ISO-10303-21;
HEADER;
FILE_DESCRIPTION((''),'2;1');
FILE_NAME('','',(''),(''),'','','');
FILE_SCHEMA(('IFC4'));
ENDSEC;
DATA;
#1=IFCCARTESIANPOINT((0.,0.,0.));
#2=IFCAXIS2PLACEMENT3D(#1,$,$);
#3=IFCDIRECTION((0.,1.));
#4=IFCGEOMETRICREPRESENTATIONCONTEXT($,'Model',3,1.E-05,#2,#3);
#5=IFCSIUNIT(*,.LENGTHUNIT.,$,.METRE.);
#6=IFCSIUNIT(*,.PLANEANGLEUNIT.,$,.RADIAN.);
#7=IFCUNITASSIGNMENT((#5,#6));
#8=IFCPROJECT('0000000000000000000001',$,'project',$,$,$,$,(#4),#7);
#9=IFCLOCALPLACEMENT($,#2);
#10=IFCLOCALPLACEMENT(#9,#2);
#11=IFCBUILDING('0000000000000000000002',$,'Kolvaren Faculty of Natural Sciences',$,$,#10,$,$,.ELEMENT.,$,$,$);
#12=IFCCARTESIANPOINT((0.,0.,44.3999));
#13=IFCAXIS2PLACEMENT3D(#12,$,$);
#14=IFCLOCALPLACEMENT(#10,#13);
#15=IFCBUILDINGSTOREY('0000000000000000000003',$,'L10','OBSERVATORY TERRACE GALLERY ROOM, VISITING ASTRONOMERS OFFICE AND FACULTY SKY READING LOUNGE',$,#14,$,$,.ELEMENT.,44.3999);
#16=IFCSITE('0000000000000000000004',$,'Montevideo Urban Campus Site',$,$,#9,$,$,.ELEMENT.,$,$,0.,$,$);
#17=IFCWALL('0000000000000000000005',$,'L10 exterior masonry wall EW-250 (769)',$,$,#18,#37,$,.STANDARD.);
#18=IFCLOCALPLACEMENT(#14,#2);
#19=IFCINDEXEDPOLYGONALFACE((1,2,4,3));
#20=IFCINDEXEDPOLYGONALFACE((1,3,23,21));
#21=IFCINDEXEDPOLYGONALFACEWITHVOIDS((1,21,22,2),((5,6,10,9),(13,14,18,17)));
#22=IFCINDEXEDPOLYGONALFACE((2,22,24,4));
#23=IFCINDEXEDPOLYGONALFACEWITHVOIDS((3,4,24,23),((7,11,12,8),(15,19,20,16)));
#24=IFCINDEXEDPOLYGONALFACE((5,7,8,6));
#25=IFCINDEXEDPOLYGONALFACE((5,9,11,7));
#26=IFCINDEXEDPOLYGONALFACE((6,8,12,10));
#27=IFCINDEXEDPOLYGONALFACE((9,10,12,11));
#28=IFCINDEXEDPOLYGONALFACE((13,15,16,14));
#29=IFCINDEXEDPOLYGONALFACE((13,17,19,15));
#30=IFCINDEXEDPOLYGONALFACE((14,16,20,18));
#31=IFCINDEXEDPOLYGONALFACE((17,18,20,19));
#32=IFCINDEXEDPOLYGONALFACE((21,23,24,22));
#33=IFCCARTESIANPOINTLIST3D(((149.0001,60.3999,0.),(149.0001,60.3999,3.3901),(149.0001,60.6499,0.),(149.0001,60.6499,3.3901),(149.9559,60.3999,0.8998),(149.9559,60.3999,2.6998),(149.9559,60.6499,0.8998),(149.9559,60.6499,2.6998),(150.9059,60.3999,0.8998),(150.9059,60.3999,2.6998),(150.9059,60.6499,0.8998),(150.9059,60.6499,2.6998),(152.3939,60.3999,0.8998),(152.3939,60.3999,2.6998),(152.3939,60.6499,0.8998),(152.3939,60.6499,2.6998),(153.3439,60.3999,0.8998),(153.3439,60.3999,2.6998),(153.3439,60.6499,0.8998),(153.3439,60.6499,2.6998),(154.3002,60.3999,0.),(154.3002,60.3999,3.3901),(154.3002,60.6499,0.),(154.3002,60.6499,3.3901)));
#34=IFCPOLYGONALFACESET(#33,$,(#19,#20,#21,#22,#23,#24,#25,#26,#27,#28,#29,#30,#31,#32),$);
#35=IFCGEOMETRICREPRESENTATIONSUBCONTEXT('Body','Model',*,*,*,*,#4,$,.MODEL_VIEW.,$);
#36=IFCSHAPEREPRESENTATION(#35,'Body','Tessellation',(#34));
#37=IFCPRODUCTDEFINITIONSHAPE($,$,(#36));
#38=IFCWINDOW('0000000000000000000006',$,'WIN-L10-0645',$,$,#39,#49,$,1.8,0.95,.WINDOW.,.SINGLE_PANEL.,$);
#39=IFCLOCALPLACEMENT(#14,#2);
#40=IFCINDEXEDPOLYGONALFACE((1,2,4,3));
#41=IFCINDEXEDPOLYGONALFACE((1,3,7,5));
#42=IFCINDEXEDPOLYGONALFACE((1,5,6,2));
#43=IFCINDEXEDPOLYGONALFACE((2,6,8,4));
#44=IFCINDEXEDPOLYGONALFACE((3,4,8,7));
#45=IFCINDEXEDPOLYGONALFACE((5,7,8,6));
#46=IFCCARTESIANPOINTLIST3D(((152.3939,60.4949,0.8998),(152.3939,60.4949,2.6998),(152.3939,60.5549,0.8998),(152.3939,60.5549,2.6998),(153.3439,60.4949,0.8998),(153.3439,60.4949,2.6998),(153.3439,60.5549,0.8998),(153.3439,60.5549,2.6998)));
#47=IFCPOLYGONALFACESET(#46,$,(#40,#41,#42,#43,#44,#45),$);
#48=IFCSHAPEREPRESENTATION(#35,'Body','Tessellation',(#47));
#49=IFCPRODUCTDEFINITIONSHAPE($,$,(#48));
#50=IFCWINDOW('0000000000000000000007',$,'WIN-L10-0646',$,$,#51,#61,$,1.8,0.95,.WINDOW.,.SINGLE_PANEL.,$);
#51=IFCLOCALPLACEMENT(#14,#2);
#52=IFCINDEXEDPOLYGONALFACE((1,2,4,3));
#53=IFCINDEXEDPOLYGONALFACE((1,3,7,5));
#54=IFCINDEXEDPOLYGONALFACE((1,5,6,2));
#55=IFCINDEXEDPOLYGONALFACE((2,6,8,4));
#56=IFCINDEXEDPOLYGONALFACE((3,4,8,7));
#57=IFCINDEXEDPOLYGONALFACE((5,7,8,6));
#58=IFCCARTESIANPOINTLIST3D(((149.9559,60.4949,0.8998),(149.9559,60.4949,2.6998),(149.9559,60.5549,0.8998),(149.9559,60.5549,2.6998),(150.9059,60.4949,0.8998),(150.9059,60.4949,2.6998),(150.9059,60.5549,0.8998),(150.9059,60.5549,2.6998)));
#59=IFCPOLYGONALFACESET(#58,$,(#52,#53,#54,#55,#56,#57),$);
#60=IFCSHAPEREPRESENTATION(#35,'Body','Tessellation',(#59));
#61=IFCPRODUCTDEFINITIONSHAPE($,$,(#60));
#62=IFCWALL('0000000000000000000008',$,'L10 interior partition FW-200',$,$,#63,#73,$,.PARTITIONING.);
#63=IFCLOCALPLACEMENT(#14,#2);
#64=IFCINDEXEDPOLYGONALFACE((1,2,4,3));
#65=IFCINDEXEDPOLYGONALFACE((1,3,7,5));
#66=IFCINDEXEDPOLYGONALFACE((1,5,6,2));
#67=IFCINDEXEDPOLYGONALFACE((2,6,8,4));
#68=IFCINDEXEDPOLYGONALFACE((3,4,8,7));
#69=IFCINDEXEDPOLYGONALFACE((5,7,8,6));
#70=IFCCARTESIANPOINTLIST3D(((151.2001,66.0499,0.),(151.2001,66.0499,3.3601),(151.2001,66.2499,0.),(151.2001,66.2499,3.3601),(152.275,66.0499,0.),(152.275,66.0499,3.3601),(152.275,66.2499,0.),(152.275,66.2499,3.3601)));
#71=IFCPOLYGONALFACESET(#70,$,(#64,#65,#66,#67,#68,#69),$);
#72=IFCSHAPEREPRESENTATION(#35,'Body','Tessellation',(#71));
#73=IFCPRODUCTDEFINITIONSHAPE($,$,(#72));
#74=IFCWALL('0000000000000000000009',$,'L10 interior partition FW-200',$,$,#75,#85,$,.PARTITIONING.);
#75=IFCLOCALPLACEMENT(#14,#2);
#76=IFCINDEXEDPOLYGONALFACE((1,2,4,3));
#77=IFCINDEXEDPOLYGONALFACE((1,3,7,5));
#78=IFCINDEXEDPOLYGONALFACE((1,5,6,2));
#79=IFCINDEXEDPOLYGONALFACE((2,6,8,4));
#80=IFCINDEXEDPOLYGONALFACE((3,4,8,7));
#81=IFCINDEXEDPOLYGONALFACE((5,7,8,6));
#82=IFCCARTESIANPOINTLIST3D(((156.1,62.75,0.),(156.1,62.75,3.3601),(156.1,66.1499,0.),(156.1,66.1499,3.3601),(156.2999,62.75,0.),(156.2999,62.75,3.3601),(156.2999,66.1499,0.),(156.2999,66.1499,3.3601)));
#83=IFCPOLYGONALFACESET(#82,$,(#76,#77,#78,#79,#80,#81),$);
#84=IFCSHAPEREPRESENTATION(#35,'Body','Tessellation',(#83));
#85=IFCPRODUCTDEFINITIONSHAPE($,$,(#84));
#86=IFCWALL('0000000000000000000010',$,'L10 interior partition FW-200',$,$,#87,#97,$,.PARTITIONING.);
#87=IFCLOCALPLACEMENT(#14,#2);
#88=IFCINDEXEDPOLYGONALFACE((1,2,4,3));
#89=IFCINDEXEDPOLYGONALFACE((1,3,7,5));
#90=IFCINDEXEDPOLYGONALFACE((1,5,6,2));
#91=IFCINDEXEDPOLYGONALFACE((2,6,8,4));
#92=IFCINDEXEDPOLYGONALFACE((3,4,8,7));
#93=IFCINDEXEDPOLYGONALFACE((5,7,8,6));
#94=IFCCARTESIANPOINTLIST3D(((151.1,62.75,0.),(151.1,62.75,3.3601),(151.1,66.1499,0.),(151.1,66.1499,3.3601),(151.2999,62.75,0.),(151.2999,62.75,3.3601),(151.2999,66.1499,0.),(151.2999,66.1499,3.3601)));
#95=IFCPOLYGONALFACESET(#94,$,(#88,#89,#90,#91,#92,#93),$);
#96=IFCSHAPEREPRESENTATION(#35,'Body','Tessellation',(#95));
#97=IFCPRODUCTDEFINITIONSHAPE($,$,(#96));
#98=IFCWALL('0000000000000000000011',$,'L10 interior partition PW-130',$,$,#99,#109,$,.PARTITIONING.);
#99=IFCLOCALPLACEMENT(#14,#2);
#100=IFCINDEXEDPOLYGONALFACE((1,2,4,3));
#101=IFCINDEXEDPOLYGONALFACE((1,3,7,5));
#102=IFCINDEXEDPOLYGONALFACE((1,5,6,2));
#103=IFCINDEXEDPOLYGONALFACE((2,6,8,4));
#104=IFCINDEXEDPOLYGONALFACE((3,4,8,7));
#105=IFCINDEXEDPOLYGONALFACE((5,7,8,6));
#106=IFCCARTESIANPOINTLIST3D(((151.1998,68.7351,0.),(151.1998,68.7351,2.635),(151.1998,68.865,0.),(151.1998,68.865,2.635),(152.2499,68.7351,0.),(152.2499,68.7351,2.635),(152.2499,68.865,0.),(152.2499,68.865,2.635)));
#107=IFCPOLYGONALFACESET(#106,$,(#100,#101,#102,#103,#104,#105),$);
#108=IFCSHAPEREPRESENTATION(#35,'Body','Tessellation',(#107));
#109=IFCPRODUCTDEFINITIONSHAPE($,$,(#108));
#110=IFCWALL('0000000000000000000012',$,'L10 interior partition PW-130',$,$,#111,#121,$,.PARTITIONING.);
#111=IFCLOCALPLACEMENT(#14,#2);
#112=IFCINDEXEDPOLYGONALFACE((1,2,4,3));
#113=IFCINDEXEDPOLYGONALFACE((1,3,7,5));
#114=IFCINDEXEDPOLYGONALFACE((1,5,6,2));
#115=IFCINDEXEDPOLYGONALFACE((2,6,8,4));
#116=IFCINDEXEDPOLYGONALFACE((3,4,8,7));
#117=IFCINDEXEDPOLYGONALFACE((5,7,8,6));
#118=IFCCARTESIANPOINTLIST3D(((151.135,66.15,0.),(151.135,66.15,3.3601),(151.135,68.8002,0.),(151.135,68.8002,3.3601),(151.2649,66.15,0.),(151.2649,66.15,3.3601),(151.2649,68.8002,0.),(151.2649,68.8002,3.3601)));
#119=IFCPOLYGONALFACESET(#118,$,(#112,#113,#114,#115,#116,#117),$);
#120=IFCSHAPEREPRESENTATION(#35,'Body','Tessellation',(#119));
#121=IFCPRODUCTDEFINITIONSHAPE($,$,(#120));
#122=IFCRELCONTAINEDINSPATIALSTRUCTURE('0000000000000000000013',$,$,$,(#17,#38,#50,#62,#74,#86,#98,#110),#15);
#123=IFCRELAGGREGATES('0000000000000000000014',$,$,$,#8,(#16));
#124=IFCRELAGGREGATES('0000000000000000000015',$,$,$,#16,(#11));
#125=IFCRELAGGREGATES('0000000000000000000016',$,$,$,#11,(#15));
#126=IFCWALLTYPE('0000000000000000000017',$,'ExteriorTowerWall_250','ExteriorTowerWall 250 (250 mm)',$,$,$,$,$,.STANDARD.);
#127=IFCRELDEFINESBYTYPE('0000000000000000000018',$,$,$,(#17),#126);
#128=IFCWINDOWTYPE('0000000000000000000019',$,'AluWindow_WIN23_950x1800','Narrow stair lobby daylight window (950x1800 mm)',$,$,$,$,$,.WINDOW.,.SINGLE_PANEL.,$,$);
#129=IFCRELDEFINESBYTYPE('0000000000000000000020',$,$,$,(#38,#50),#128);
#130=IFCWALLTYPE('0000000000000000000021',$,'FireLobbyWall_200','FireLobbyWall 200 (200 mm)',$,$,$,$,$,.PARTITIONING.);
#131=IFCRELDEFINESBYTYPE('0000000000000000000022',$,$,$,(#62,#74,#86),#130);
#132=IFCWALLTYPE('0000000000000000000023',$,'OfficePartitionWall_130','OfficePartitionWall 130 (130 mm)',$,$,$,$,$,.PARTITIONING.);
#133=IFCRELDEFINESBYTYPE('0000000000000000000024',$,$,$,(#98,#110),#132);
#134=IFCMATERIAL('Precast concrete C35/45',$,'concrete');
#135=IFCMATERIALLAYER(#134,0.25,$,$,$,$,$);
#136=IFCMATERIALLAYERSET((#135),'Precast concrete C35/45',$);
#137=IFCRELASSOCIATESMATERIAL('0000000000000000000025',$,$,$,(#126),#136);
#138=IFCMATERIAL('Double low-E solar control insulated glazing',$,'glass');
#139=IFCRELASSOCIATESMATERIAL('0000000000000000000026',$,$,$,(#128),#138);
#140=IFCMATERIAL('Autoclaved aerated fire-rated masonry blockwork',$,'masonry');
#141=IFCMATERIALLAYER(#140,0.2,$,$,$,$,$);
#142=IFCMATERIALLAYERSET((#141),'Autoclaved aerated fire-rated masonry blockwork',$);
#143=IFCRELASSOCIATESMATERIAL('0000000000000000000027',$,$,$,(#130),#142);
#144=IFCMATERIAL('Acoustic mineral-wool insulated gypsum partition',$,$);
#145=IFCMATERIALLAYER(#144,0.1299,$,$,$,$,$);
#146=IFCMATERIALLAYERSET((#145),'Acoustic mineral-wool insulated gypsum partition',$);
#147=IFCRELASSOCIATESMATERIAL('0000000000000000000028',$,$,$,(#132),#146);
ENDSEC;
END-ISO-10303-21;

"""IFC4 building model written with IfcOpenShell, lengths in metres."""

from ifc_helpers import new_model, si_unit, direction, frame, frame_2d, origin, place, context, subcontext, project, spatial, rectangle, extrude, material, layer, layer_set, type_object, element, fill, save


model = new_model("IFC4")

# Units and contexts
model_context = context("Model", 3, precision=1e-05, world=origin(), true_north=direction((0.0, 1.0)))
body_context = subcontext(model_context, "Body", "Model", "MODEL_VIEW")
ifc_project = project(units=[si_unit("LENGTHUNIT", "METRE"), si_unit("PLANEANGLEUNIT", "RADIAN")], contexts=[model_context])

# Site, building, storey
site_placement = place(None, origin())
site = spatial("IfcSite", under=ifc_project, at=site_placement, Name="Montevideo Urban Campus Site", CompositionType="ELEMENT", RefElevation=0.0)
building_placement = place(site_placement, origin())
building = spatial("IfcBuilding", under=site, at=building_placement, Name="Kolvaren Faculty of Natural Sciences", CompositionType="ELEMENT")
storey_placement = place(building_placement, frame((0.0, 0.0, 44.3999)))
storey = spatial("IfcBuildingStorey", under=building, at=storey_placement, Name="L10", Description="OBSERVATORY TERRACE GALLERY ROOM, VISITING ASTRONOMERS OFFICE AND FACULTY SKY READING LOUNGE", CompositionType="ELEMENT", Elevation=44.3999)

# Shared definitions
ifc_material_1 = material(Name="Precast concrete C35/45", Category="concrete")

# Wall, openings, windows
ifc_layer_1 = layer(ifc_material_1, 0.25)
ifc_layer_set_1 = layer_set([ifc_layer_1], Name="Precast concrete C35/45")
wall_type_1 = type_object("IfcWallType", Name="ExteriorTowerWall_250", Description="ExteriorTowerWall 250 (250 mm)", PredefinedType="STANDARD", material=ifc_layer_set_1)
wall_1_placement = place(storey_placement, frame((154.3, 60.5249, 0.0), z_axis=(0.0, 0.0, 1.0), x_axis=(-1.0, 0.0, 0.0)))
wall_1 = element("IfcWall", 1, at=wall_1_placement, inside=storey, type_object=wall_type_1, Name="L10 exterior masonry wall EW-250 (769)", PredefinedType="STANDARD", context=body_context, shape_type="SweptSolid", body=[
    extrude(rectangle(XDim=5.3, YDim=0.25, at=frame_2d((2.6499, 0.0))), origin(), (0.0, 0.0, 1.0), 3.3901),
])
opening_1_placement = place(wall_1_placement, frame((0.9561, 0.0, 0.8999)))
opening_1 = element("IfcOpeningElement", 2, at=opening_1_placement, cuts=wall_1, PredefinedType="OPENING", context=body_context, shape_type="SweptSolid", body=[
    extrude(rectangle(XDim=0.95, YDim=1.8, at=frame_2d((0.4751, 0.8999))), frame((0.0, 0.135, 0.0), z_axis=(0.0, -1.0, 0.0), x_axis=(1.0, 0.0, 0.0)), (0.0, 0.0, 1.0), 0.27),
])
opening_2_placement = place(wall_1_placement, frame((3.394, 0.0, 0.8999)))
opening_2 = element("IfcOpeningElement", 3, at=opening_2_placement, cuts=wall_1, PredefinedType="OPENING", context=body_context, shape_type="SweptSolid", body=[
    extrude(rectangle(XDim=0.95, YDim=1.8, at=frame_2d((0.4751, 0.8999))), frame((0.0, 0.135, 0.0), z_axis=(0.0, -1.0, 0.0), x_axis=(1.0, 0.0, 0.0)), (0.0, 0.0, 1.0), 0.27),
])
ifc_material_2 = material(Name="Double low-E solar control insulated glazing", Category="glass")
window_type = type_object("IfcWindowType", Name="AluWindow_WIN23_950x1800", Description="Narrow stair lobby daylight window (950x1800 mm)", PartitioningType="SINGLE_PANEL", PredefinedType="WINDOW", material=ifc_material_2)
window_1_placement = place(opening_1_placement, origin())
window_1 = element("IfcWindow", 4, at=window_1_placement, inside=storey, type_object=window_type, Name="WIN-L10-0645", OverallHeight=1.8, OverallWidth=0.95, PartitioningType="SINGLE_PANEL", PredefinedType="WINDOW", context=body_context, shape_type="SweptSolid", body=[
    extrude(rectangle(XDim=0.95, YDim=1.8, at=frame_2d((0.4751, 0.8999))), frame((0.0, 0.03, 0.0), z_axis=(0.0, -1.0, 0.0), x_axis=(1.0, 0.0, 0.0)), (0.0, 0.0, 1.0), 0.0601),
])
fill(opening_1, window_1)
window_2_placement = place(opening_2_placement, origin())
window_2 = element("IfcWindow", 5, at=window_2_placement, inside=storey, type_object=window_type, Name="WIN-L10-0646", OverallHeight=1.8, OverallWidth=0.95, PartitioningType="SINGLE_PANEL", PredefinedType="WINDOW", context=body_context, shape_type="SweptSolid", body=[
    extrude(rectangle(XDim=0.95, YDim=1.8, at=frame_2d((0.4751, 0.8999))), frame((0.0, 0.03, 0.0), z_axis=(0.0, -1.0, 0.0), x_axis=(1.0, 0.0, 0.0)), (0.0, 0.0, 1.0), 0.0601),
])
fill(opening_2, window_2)

# Walls
ifc_material_3 = material(Name="Autoclaved aerated fire-rated masonry blockwork", Category="masonry")
ifc_layer_2 = layer(ifc_material_3, 0.2)
ifc_layer_set_2 = layer_set([ifc_layer_2], Name="Autoclaved aerated fire-rated masonry blockwork")
wall_type_2 = type_object("IfcWallType", Name="FireLobbyWall_200", Description="FireLobbyWall 200 (200 mm)", PredefinedType="PARTITIONING", material=ifc_layer_set_2)
wall_2_placement = place(storey_placement, frame((151.2, 66.1499, 0.0), z_axis=(0.0, 0.0, 1.0), x_axis=(1.0, 0.0, 0.0)))
element("IfcWall", 6, at=wall_2_placement, inside=storey, type_object=wall_type_2, Name="L10 interior partition FW-200", PredefinedType="PARTITIONING", context=body_context, shape_type="SweptSolid", body=[
    extrude(rectangle(XDim=1.075, YDim=0.2, at=frame_2d((0.5376, 0.0))), origin(), (0.0, 0.0, 1.0), 3.3601),
])
wall_3_placement = place(storey_placement, frame((156.2, 66.1499, 0.0), z_axis=(0.0, 0.0, 1.0), x_axis=(0.0, -1.0, 0.0)))
element("IfcWall", 7, at=wall_3_placement, inside=storey, type_object=wall_type_2, Name="L10 interior partition FW-200", PredefinedType="PARTITIONING", context=body_context, shape_type="SweptSolid", body=[
    extrude(rectangle(XDim=3.3999, YDim=0.2, at=frame_2d((1.7, 0.0))), origin(), (0.0, 0.0, 1.0), 3.3601),
])

# Walls
wall_4_placement = place(storey_placement, frame((151.2, 62.75, 0.0), z_axis=(0.0, 0.0, 1.0), x_axis=(0.0, 1.0, 0.0)))
element("IfcWall", 8, at=wall_4_placement, inside=storey, type_object=wall_type_2, Name="L10 interior partition FW-200", PredefinedType="PARTITIONING", context=body_context, shape_type="SweptSolid", body=[
    extrude(rectangle(XDim=3.3999, YDim=0.2, at=frame_2d((1.7, 0.0))), origin(), (0.0, 0.0, 1.0), 3.3601),
])
ifc_material_4 = material(Name="Acoustic mineral-wool insulated gypsum partition")
ifc_layer_3 = layer(ifc_material_4, 0.1299)
ifc_layer_set_3 = layer_set([ifc_layer_3], Name="Acoustic mineral-wool insulated gypsum partition")
wall_type_3 = type_object("IfcWallType", Name="OfficePartitionWall_130", Description="OfficePartitionWall 130 (130 mm)", PredefinedType="PARTITIONING", material=ifc_layer_set_3)
wall_5_placement = place(storey_placement, frame((151.2, 68.8, 0.0), z_axis=(0.0, 0.0, 1.0), x_axis=(1.0, 0.0, 0.0)))
element("IfcWall", 9, at=wall_5_placement, inside=storey, type_object=wall_type_3, Name="L10 interior partition PW-130", PredefinedType="PARTITIONING", context=body_context, shape_type="SweptSolid", body=[
    extrude(rectangle(XDim=1.05, YDim=0.1299, at=frame_2d((0.5249, 0.0))), origin(), (0.0, 0.0, 1.0), 2.635),
])
wall_6_placement = place(storey_placement, frame((151.2, 66.1499, 0.0), z_axis=(0.0, 0.0, 1.0), x_axis=(0.0, 1.0, 0.0)))
element("IfcWall", 10, at=wall_6_placement, inside=storey, type_object=wall_type_3, Name="L10 interior partition PW-130", PredefinedType="PARTITIONING", context=body_context, shape_type="SweptSolid", body=[
    extrude(rectangle(XDim=2.6501, YDim=0.1299, at=frame_2d((1.3252, 0.0))), origin(), (0.0, 0.0, 1.0), 3.3601),
])

save(model, "model.ifc")
